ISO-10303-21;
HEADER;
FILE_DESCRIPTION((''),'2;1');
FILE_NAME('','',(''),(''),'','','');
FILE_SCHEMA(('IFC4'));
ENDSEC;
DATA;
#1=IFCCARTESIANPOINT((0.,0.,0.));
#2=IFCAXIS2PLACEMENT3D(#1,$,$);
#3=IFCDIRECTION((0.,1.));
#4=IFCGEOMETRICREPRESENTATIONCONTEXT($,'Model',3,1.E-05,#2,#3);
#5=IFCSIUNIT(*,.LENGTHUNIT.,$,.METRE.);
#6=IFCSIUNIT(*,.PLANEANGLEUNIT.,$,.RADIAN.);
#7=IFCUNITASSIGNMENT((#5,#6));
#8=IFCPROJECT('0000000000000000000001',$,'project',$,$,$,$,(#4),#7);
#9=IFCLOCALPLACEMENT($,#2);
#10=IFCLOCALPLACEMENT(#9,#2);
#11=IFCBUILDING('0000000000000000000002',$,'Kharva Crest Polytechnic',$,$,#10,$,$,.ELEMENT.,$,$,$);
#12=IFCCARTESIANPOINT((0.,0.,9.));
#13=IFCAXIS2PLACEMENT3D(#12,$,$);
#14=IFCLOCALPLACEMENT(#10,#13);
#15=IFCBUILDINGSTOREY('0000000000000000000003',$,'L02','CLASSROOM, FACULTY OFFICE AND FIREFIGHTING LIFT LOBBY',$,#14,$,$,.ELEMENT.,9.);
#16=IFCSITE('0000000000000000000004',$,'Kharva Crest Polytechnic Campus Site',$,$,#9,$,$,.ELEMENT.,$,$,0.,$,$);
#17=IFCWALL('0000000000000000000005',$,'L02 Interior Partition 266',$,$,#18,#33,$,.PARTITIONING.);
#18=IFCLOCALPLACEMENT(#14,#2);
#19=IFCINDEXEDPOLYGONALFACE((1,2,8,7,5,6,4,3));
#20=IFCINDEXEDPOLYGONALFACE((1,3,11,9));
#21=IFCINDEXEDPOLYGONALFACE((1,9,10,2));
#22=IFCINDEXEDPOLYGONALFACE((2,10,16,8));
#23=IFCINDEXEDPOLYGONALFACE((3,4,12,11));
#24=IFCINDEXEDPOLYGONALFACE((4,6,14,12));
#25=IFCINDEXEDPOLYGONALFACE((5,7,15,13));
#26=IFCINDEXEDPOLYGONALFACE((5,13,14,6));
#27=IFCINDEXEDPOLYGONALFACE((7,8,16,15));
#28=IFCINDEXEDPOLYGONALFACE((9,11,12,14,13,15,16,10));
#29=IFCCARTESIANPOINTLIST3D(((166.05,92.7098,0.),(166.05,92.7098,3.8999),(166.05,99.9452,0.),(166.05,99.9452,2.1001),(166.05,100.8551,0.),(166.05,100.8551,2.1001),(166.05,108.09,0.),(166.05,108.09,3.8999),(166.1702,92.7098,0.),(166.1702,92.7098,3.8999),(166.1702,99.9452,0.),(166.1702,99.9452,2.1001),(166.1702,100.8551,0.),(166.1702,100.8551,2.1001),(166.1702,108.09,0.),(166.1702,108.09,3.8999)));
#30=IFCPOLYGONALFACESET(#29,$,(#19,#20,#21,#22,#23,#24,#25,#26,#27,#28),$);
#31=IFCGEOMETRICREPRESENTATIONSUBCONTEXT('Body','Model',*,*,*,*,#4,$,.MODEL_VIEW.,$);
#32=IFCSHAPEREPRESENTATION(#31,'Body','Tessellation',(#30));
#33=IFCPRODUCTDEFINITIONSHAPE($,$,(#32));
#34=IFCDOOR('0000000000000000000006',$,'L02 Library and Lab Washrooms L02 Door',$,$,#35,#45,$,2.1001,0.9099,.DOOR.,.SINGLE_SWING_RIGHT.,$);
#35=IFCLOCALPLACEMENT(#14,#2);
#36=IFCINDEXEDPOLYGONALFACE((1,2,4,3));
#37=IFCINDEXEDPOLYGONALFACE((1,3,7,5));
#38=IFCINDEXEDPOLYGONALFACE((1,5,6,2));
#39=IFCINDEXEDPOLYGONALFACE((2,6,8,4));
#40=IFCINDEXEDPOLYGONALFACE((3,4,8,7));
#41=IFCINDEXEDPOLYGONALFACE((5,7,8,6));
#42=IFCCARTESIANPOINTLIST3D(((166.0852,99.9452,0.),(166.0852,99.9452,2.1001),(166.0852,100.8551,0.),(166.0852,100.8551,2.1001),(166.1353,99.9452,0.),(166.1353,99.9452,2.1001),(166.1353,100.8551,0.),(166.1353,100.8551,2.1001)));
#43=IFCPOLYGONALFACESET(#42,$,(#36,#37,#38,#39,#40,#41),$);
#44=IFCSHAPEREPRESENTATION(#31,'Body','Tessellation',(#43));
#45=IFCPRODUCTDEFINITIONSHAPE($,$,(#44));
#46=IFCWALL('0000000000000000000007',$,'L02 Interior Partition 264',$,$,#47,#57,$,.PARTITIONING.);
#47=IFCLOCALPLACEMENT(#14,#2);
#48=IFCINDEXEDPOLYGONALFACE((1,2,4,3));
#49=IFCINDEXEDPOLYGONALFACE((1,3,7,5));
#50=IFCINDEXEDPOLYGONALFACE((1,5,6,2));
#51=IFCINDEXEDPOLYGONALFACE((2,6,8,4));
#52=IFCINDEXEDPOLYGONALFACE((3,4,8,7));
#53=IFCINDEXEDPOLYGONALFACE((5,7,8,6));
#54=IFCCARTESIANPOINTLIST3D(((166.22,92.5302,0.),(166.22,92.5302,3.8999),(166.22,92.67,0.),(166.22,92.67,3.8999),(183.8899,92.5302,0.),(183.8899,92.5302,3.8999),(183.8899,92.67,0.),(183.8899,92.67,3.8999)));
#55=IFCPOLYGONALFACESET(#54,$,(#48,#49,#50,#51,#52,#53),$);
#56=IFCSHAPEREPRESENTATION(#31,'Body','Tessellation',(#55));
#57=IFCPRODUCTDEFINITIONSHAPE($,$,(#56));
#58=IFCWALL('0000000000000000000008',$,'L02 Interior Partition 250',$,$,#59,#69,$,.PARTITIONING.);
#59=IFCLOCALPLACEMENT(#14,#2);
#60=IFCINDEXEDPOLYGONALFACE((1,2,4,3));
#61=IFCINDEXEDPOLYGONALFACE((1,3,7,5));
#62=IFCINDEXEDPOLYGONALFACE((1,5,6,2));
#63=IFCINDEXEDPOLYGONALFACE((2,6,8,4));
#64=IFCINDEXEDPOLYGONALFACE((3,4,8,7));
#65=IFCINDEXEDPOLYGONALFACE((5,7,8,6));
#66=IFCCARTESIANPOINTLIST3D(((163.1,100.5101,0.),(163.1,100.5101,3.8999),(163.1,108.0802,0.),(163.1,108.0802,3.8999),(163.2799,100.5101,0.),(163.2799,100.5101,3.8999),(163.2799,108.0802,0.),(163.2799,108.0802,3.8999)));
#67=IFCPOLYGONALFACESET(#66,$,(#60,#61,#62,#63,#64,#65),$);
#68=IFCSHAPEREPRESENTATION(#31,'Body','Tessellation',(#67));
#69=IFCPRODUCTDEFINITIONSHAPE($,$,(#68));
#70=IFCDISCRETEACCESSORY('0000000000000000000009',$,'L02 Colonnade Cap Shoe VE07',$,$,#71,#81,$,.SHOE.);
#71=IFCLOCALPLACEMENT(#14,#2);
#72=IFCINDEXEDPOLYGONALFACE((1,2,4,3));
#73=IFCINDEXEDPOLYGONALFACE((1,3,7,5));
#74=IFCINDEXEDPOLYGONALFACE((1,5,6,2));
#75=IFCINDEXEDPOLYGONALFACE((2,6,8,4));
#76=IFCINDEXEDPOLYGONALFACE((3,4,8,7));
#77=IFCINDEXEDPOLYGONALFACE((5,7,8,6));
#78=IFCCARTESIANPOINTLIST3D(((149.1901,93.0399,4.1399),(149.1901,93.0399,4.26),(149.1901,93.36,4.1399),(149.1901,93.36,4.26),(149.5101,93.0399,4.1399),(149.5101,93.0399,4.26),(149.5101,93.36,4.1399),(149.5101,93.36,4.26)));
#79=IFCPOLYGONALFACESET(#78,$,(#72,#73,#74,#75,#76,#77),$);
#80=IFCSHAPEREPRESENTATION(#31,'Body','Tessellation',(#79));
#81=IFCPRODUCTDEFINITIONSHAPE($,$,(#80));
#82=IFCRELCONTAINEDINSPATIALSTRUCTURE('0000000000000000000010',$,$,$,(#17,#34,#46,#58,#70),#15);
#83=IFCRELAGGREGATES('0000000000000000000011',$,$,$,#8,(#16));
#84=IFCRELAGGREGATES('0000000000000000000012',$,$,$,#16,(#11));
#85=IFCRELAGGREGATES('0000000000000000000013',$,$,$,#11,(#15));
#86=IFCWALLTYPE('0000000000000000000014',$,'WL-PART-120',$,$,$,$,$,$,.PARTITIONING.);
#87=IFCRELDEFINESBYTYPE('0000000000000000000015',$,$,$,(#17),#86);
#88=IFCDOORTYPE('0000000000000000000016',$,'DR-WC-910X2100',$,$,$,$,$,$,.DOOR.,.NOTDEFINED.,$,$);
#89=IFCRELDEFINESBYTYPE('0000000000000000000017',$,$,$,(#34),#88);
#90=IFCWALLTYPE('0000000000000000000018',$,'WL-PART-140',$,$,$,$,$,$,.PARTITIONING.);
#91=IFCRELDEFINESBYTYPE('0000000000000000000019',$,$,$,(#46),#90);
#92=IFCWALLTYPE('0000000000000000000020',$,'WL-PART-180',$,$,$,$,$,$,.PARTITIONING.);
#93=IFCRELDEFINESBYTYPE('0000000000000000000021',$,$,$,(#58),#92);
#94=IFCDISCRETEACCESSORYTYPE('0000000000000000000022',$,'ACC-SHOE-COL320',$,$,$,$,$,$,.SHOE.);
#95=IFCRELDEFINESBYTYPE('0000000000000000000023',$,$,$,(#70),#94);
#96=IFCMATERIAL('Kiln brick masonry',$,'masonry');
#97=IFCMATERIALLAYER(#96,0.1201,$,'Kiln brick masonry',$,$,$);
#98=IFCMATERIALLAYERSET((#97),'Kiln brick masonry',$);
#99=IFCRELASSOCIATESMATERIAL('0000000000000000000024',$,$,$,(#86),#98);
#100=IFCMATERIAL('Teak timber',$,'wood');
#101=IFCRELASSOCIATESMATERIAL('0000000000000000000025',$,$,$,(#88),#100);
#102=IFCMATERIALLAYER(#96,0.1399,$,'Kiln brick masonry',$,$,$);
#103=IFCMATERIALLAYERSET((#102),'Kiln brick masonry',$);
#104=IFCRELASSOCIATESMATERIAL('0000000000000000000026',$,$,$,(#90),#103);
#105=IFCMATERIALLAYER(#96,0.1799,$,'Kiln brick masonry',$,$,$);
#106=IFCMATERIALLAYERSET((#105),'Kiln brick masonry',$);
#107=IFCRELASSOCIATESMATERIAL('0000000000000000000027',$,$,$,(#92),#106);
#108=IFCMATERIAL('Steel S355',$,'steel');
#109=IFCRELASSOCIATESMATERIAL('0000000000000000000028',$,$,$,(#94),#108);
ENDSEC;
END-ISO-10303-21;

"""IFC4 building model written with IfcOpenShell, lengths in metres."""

from ifc_helpers import new_model, si_unit, direction, frame, frame_2d, origin, origin_2d, place, context, subcontext, project, spatial, rectangle, extrude, material, layer, layer_set, type_object, element, fill, save


model = new_model("IFC4")

# Units and contexts
model_context = context("Model", 3, precision=1e-05, world=origin(), true_north=direction((0.0, 1.0)))
body_context = subcontext(model_context, "Body", "Model", "MODEL_VIEW")
ifc_project = project(units=[si_unit("LENGTHUNIT", "METRE"), si_unit("PLANEANGLEUNIT", "RADIAN")], contexts=[model_context])

# Site, building, storey
site_placement = place(None, origin())
site = spatial("IfcSite", under=ifc_project, at=site_placement, Name="Kharva Crest Polytechnic Campus Site", CompositionType="ELEMENT", RefElevation=0.0)
building_placement = place(site_placement, origin())
building = spatial("IfcBuilding", under=site, at=building_placement, Name="Kharva Crest Polytechnic", CompositionType="ELEMENT")
storey_placement = place(building_placement, frame((0.0, 0.0, 9.0)))
storey = spatial("IfcBuildingStorey", under=building, at=storey_placement, Name="L02", Description="CLASSROOM, FACULTY OFFICE AND FIREFIGHTING LIFT LOBBY", CompositionType="ELEMENT", Elevation=9.0)

# Shared definitions
ifc_material_1 = material(Name="Steel S355", Category="steel")

# Shared definitions
ifc_material_2 = material(Name="Kiln brick masonry", Category="masonry")

# Shared definitions
ifc_layer_1 = layer(ifc_material_2, 0.1201, Name="Kiln brick masonry")
ifc_layer_set_1 = layer_set([ifc_layer_1], Name="Kiln brick masonry")
wall_type_1 = type_object("IfcWallType", Name="WL-PART-120", PredefinedType="PARTITIONING", material=ifc_layer_set_1)

# Wall, opening, door
wall_1_placement = place(storey_placement, frame((166.1101, 92.71, 0.0), z_axis=(0.0, 0.0, 1.0), x_axis=(0.0, 1.0, 0.0)))
wall_1 = element("IfcWall", 1, at=wall_1_placement, inside=storey, type_object=wall_type_1, Name="L02 Interior Partition 266", PredefinedType="PARTITIONING", context=body_context, shape_type="SweptSolid", body=[
    extrude(rectangle(XDim=15.3801, YDim=0.1201, at=frame_2d((7.6899, 0.0))), origin(), (0.0, 0.0, 1.0), 3.8999),
])
opening_1_placement = place(wall_1_placement, frame((7.2351, 0.0, 0.0)))
opening_1 = element("IfcOpeningElement", 2, at=opening_1_placement, cuts=wall_1, PredefinedType="OPENING", context=body_context, shape_type="SweptSolid", body=[
    extrude(rectangle(XDim=0.9099, YDim=2.1001, at=frame_2d((0.4551, 1.05))), frame((0.0, 0.0701, 0.0), z_axis=(0.0, -1.0, 0.0), x_axis=(1.0, 0.0, 0.0)), (0.0, 0.0, 1.0), 0.1401),
])
ifc_material_3 = material(Name="Teak timber", Category="wood")
door_type_1 = type_object("IfcDoorType", Name="DR-WC-910X2100", OperationType="NOTDEFINED", PredefinedType="DOOR", material=ifc_material_3)
door_1_placement = place(opening_1_placement, origin())
door_1 = element("IfcDoor", 3, at=door_1_placement, inside=storey, type_object=door_type_1, Name="L02 Library and Lab Washrooms L02 Door", OperationType="SINGLE_SWING_RIGHT", OverallHeight=2.1001, OverallWidth=0.9099, PredefinedType="DOOR", context=body_context, shape_type="SweptSolid", body=[
    extrude(rectangle(XDim=0.9099, YDim=2.1001, at=frame_2d((0.4551, 1.05))), frame((0.0, 0.0249, 0.0), z_axis=(0.0, -1.0, 0.0), x_axis=(1.0, 0.0, 0.0)), (0.0, 0.0, 1.0), 0.05),
])
fill(opening_1, door_1)

# Walls
ifc_layer_2 = layer(ifc_material_2, 0.1399, Name="Kiln brick masonry")
ifc_layer_set_2 = layer_set([ifc_layer_2], Name="Kiln brick masonry")
wall_type_2 = type_object("IfcWallType", Name="WL-PART-140", PredefinedType="PARTITIONING", material=ifc_layer_set_2)
wall_2_placement = place(storey_placement, frame((166.22, 92.6001, 0.0), z_axis=(0.0, 0.0, 1.0), x_axis=(1.0, 0.0, 0.0)))
element("IfcWall", 4, at=wall_2_placement, inside=storey, type_object=wall_type_2, Name="L02 Interior Partition 264", PredefinedType="PARTITIONING", context=body_context, shape_type="SweptSolid", body=[
    extrude(rectangle(XDim=17.6699, YDim=0.1399, at=frame_2d((8.835, 0.0))), origin(), (0.0, 0.0, 1.0), 3.8999),
])
ifc_layer_3 = layer(ifc_material_2, 0.1799, Name="Kiln brick masonry")
ifc_layer_set_3 = layer_set([ifc_layer_3], Name="Kiln brick masonry")
wall_type_3 = type_object("IfcWallType", Name="WL-PART-180", PredefinedType="PARTITIONING", material=ifc_layer_set_3)
wall_3_placement = place(storey_placement, frame((163.1899, 100.51, 0.0), z_axis=(0.0, 0.0, 1.0), x_axis=(0.0, 1.0, 0.0)))
element("IfcWall", 5, at=wall_3_placement, inside=storey, type_object=wall_type_3, Name="L02 Interior Partition 250", PredefinedType="PARTITIONING", context=body_context, shape_type="SweptSolid", body=[
    extrude(rectangle(XDim=7.5701, YDim=0.1799, at=frame_2d((3.7852, 0.0))), origin(), (0.0, 0.0, 1.0), 3.8999),
])

# Discrete accessory
discrete_accessory_type = type_object("IfcDiscreteAccessoryType", Name="ACC-SHOE-COL320", PredefinedType="SHOE", material=ifc_material_1)
discrete_accessory_placement = place(storey_placement, frame((149.3501, 93.2, 4.1399), z_axis=(0.0, 0.0, 1.0), x_axis=(1.0, 0.0, 0.0)))
element("IfcDiscreteAccessory", 6, at=discrete_accessory_placement, inside=storey, type_object=discrete_accessory_type, Name="L02 Colonnade Cap Shoe VE07", PredefinedType="SHOE", context=body_context, shape_type="SweptSolid", body=[
    extrude(rectangle(XDim=0.3201, YDim=0.3201, at=origin_2d()), origin(), (0.0, 0.0, 1.0), 0.1201),
])

save(model, "model.ifc")
